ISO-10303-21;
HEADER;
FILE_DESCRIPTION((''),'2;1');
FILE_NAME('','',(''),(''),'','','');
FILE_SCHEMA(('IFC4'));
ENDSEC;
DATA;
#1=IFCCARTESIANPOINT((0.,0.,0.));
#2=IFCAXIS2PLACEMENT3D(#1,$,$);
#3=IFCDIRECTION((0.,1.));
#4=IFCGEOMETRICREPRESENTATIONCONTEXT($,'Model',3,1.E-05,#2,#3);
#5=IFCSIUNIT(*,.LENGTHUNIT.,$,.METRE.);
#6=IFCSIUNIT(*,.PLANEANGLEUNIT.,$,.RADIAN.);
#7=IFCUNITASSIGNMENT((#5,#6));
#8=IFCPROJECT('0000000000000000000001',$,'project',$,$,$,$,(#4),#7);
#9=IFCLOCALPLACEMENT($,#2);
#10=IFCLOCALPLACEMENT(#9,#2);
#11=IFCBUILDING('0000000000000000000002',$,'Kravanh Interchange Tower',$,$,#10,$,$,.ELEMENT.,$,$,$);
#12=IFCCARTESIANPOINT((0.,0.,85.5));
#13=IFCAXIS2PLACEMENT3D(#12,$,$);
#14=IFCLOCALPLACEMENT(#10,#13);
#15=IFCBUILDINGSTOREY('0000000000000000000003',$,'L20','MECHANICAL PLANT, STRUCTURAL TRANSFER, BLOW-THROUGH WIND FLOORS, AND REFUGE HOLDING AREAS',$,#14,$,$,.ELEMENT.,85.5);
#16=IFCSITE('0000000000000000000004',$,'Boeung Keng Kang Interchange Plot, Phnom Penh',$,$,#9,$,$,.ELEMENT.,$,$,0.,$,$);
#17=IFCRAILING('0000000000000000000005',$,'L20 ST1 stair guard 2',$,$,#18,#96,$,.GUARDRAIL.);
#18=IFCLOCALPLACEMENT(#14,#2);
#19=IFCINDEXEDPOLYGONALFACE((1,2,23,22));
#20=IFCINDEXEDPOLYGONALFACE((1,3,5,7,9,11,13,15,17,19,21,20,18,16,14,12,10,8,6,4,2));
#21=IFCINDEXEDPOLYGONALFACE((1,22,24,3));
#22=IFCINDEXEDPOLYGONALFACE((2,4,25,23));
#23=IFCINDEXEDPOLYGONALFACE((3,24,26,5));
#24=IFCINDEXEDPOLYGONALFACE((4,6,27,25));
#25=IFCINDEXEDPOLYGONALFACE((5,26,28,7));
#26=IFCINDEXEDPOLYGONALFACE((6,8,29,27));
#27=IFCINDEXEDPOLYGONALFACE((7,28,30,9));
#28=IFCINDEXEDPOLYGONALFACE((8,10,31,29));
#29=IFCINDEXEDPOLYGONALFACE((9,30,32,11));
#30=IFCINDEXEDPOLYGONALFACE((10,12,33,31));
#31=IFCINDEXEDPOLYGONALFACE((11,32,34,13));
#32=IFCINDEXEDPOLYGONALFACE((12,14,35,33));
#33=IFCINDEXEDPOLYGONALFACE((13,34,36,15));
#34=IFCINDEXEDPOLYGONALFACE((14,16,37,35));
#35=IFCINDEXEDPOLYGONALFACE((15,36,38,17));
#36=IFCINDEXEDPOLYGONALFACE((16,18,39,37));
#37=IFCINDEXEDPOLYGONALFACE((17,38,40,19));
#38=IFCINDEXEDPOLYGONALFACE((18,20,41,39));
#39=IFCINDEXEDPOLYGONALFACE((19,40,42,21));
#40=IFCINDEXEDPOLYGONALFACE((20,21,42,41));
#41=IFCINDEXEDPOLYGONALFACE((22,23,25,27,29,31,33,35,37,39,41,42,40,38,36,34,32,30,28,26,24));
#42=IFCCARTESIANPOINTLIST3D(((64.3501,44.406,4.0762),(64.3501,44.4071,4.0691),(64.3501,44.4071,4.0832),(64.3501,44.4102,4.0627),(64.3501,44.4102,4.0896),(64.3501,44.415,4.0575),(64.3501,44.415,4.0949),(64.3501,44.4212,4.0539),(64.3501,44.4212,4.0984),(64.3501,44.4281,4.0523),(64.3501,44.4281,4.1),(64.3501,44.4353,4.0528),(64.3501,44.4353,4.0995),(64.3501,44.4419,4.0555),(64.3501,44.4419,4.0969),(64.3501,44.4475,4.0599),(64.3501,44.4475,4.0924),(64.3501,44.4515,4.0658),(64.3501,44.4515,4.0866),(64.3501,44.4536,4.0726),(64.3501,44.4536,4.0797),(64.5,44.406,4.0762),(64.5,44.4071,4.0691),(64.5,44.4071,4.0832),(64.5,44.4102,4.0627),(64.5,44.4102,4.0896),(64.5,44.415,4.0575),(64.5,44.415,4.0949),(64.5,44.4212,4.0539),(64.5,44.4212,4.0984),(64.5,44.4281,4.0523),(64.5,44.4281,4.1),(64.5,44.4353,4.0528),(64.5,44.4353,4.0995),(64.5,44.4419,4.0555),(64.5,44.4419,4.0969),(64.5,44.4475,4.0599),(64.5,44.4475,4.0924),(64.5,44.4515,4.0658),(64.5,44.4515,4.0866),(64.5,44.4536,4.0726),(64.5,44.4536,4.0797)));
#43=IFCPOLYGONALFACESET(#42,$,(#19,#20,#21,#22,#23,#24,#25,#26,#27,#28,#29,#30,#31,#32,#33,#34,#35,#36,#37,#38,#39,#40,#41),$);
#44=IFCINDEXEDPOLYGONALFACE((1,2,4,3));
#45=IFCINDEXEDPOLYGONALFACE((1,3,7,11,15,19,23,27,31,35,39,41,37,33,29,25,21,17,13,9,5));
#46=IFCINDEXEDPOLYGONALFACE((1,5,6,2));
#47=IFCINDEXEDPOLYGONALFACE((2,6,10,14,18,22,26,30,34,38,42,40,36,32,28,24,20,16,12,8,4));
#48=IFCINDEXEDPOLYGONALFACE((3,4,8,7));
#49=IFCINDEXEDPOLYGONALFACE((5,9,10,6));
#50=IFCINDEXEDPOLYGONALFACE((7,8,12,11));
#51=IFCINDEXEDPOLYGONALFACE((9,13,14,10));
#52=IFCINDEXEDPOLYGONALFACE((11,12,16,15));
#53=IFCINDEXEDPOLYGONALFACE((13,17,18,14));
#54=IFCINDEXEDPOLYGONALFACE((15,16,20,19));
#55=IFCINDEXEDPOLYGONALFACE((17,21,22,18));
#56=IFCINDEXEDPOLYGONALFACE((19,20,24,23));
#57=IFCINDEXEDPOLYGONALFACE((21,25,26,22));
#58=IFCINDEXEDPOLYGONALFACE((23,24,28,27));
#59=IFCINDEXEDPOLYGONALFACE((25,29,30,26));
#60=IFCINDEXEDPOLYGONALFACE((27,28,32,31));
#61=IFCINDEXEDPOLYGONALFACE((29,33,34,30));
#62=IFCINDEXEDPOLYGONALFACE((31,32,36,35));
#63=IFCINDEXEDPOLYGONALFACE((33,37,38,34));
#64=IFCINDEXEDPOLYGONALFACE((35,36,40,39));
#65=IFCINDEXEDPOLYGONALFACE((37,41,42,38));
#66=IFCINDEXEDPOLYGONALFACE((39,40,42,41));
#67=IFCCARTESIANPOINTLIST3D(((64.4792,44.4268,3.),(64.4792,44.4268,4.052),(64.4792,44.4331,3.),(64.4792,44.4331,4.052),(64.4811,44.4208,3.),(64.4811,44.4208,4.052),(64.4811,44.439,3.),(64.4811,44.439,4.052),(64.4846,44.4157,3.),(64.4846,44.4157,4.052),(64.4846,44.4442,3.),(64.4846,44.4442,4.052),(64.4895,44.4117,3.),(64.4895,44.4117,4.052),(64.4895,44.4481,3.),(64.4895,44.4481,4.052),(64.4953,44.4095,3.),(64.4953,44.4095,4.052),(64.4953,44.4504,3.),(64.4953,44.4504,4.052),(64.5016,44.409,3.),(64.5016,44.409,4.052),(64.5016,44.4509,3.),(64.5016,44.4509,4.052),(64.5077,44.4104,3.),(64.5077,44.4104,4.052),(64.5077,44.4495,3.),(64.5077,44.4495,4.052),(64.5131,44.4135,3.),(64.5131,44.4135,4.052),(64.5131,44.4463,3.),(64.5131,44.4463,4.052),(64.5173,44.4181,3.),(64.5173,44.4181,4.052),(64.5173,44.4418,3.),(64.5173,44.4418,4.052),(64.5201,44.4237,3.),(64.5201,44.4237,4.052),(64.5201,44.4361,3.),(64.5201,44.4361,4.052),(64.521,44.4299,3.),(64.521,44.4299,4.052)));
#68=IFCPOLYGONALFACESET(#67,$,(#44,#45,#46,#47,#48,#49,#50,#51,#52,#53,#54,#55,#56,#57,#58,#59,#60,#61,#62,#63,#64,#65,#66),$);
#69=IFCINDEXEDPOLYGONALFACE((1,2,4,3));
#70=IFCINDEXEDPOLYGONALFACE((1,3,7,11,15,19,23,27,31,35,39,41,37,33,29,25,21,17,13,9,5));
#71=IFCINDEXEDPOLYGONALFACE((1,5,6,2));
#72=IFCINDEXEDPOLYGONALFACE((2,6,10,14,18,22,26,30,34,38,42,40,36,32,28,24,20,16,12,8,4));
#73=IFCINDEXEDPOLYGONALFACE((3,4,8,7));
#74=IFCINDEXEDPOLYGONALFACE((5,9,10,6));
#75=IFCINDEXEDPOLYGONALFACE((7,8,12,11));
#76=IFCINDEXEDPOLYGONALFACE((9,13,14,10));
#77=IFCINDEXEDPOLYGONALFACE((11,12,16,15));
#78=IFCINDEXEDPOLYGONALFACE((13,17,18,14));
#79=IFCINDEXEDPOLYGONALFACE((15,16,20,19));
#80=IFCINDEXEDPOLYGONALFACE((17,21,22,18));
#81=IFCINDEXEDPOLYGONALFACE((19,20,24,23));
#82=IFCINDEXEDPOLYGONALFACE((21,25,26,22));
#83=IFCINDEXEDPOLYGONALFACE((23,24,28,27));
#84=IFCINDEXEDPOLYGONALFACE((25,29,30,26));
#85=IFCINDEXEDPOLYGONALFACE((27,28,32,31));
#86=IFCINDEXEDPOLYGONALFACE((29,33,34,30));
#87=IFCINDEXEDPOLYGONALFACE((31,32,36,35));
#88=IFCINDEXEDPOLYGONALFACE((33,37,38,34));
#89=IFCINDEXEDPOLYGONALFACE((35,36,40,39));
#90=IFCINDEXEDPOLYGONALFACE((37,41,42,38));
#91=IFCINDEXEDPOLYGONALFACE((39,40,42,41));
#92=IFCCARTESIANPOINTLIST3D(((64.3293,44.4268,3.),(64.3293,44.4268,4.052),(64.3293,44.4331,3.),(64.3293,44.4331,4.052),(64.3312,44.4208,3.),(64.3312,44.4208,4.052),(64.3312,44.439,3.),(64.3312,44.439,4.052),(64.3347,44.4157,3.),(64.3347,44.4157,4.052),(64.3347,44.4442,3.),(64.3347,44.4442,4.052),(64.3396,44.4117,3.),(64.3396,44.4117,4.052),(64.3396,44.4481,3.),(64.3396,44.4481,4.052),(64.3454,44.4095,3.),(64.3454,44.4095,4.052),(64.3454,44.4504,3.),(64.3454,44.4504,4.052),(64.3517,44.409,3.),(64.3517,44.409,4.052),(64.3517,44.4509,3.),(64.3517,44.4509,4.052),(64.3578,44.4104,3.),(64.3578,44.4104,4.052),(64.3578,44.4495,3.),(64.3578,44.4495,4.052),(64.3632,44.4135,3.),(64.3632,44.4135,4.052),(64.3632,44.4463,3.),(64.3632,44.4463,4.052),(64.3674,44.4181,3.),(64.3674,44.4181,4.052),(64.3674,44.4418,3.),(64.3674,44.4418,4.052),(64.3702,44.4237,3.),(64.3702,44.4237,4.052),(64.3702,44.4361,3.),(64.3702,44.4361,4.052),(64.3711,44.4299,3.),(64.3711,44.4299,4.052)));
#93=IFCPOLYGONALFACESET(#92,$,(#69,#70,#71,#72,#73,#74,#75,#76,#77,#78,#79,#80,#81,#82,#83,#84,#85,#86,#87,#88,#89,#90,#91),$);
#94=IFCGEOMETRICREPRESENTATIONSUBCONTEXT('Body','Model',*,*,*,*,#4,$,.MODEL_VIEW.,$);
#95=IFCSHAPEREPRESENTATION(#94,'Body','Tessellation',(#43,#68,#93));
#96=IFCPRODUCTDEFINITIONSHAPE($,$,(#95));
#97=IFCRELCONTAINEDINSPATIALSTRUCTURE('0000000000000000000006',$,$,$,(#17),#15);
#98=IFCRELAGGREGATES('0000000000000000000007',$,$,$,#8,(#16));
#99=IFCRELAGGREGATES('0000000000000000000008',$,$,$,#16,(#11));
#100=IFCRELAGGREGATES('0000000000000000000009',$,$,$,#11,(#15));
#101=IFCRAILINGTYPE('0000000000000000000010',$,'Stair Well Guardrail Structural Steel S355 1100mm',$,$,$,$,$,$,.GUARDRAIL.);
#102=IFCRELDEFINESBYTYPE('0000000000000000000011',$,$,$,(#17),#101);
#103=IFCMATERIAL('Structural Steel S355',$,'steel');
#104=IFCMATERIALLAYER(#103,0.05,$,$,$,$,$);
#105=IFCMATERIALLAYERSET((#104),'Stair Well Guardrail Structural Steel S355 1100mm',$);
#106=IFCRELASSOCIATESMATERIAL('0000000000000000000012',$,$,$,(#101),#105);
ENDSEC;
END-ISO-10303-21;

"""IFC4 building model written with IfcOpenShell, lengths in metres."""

from ifc_helpers import new_model, si_unit, direction, frame, origin, origin_2d, place, context, subcontext, project, spatial, circle, extrude, material, layer, layer_set, type_object, element, save


model = new_model("IFC4")

# Units and contexts
model_context = context("Model", 3, precision=1e-05, world=origin(), true_north=direction((0.0, 1.0)))
body_context = subcontext(model_context, "Body", "Model", "MODEL_VIEW")
ifc_project = project(units=[si_unit("LENGTHUNIT", "METRE"), si_unit("PLANEANGLEUNIT", "RADIAN")], contexts=[model_context])

# Site, building, storey
site_placement = place(None, origin())
site = spatial("IfcSite", under=ifc_project, at=site_placement, Name="Boeung Keng Kang Interchange Plot, Phnom Penh", CompositionType="ELEMENT", RefElevation=0.0)
building_placement = place(site_placement, origin())
building = spatial("IfcBuilding", under=site, at=building_placement, Name="Kravanh Interchange Tower", CompositionType="ELEMENT")
storey_placement = place(building_placement, frame((0.0, 0.0, 85.5)))
storey = spatial("IfcBuildingStorey", under=building, at=storey_placement, Name="L20", Description="MECHANICAL PLANT, STRUCTURAL TRANSFER, BLOW-THROUGH WIND FLOORS, AND REFUGE HOLDING AREAS", CompositionType="ELEMENT", Elevation=85.5)

# Railing
ifc_material_1 = material(Name="Structural Steel S355", Category="steel")
ifc_layer_1 = layer(ifc_material_1, 0.05)
ifc_layer_set_1 = layer_set([ifc_layer_1], Name="Stair Well Guardrail Structural Steel S355 1100mm")
railing_type_1 = type_object("IfcRailingType", Name="Stair Well Guardrail Structural Steel S355 1100mm", PredefinedType="GUARDRAIL", material=ifc_layer_set_1)
railing_1_placement = place(storey_placement, frame((64.5, 44.4299, 3.0)))
element("IfcRailing", 1, at=railing_1_placement, inside=storey, type_object=railing_type_1, Name="L20 ST1 stair guard 2", PredefinedType="GUARDRAIL", context=body_context, shape_type="SweptSolid", body=[
    extrude(circle(Radius=0.0239, at=origin_2d()), frame((0.0, 0.0, 1.0762), z_axis=(-1.0, 0.0, 0.0), x_axis=(0.0, -1.0, 0.0)), (0.0, 0.0, 1.0), 0.1499),
    extrude(circle(Radius=0.021, at=origin_2d()), origin(), (0.0, 0.0, 1.0), 1.052),
    extrude(circle(Radius=0.021, at=origin_2d()), frame((-0.1499, 0.0, 0.0)), (0.0, 0.0, 1.0), 1.052),
])

save(model, "model.ifc")
